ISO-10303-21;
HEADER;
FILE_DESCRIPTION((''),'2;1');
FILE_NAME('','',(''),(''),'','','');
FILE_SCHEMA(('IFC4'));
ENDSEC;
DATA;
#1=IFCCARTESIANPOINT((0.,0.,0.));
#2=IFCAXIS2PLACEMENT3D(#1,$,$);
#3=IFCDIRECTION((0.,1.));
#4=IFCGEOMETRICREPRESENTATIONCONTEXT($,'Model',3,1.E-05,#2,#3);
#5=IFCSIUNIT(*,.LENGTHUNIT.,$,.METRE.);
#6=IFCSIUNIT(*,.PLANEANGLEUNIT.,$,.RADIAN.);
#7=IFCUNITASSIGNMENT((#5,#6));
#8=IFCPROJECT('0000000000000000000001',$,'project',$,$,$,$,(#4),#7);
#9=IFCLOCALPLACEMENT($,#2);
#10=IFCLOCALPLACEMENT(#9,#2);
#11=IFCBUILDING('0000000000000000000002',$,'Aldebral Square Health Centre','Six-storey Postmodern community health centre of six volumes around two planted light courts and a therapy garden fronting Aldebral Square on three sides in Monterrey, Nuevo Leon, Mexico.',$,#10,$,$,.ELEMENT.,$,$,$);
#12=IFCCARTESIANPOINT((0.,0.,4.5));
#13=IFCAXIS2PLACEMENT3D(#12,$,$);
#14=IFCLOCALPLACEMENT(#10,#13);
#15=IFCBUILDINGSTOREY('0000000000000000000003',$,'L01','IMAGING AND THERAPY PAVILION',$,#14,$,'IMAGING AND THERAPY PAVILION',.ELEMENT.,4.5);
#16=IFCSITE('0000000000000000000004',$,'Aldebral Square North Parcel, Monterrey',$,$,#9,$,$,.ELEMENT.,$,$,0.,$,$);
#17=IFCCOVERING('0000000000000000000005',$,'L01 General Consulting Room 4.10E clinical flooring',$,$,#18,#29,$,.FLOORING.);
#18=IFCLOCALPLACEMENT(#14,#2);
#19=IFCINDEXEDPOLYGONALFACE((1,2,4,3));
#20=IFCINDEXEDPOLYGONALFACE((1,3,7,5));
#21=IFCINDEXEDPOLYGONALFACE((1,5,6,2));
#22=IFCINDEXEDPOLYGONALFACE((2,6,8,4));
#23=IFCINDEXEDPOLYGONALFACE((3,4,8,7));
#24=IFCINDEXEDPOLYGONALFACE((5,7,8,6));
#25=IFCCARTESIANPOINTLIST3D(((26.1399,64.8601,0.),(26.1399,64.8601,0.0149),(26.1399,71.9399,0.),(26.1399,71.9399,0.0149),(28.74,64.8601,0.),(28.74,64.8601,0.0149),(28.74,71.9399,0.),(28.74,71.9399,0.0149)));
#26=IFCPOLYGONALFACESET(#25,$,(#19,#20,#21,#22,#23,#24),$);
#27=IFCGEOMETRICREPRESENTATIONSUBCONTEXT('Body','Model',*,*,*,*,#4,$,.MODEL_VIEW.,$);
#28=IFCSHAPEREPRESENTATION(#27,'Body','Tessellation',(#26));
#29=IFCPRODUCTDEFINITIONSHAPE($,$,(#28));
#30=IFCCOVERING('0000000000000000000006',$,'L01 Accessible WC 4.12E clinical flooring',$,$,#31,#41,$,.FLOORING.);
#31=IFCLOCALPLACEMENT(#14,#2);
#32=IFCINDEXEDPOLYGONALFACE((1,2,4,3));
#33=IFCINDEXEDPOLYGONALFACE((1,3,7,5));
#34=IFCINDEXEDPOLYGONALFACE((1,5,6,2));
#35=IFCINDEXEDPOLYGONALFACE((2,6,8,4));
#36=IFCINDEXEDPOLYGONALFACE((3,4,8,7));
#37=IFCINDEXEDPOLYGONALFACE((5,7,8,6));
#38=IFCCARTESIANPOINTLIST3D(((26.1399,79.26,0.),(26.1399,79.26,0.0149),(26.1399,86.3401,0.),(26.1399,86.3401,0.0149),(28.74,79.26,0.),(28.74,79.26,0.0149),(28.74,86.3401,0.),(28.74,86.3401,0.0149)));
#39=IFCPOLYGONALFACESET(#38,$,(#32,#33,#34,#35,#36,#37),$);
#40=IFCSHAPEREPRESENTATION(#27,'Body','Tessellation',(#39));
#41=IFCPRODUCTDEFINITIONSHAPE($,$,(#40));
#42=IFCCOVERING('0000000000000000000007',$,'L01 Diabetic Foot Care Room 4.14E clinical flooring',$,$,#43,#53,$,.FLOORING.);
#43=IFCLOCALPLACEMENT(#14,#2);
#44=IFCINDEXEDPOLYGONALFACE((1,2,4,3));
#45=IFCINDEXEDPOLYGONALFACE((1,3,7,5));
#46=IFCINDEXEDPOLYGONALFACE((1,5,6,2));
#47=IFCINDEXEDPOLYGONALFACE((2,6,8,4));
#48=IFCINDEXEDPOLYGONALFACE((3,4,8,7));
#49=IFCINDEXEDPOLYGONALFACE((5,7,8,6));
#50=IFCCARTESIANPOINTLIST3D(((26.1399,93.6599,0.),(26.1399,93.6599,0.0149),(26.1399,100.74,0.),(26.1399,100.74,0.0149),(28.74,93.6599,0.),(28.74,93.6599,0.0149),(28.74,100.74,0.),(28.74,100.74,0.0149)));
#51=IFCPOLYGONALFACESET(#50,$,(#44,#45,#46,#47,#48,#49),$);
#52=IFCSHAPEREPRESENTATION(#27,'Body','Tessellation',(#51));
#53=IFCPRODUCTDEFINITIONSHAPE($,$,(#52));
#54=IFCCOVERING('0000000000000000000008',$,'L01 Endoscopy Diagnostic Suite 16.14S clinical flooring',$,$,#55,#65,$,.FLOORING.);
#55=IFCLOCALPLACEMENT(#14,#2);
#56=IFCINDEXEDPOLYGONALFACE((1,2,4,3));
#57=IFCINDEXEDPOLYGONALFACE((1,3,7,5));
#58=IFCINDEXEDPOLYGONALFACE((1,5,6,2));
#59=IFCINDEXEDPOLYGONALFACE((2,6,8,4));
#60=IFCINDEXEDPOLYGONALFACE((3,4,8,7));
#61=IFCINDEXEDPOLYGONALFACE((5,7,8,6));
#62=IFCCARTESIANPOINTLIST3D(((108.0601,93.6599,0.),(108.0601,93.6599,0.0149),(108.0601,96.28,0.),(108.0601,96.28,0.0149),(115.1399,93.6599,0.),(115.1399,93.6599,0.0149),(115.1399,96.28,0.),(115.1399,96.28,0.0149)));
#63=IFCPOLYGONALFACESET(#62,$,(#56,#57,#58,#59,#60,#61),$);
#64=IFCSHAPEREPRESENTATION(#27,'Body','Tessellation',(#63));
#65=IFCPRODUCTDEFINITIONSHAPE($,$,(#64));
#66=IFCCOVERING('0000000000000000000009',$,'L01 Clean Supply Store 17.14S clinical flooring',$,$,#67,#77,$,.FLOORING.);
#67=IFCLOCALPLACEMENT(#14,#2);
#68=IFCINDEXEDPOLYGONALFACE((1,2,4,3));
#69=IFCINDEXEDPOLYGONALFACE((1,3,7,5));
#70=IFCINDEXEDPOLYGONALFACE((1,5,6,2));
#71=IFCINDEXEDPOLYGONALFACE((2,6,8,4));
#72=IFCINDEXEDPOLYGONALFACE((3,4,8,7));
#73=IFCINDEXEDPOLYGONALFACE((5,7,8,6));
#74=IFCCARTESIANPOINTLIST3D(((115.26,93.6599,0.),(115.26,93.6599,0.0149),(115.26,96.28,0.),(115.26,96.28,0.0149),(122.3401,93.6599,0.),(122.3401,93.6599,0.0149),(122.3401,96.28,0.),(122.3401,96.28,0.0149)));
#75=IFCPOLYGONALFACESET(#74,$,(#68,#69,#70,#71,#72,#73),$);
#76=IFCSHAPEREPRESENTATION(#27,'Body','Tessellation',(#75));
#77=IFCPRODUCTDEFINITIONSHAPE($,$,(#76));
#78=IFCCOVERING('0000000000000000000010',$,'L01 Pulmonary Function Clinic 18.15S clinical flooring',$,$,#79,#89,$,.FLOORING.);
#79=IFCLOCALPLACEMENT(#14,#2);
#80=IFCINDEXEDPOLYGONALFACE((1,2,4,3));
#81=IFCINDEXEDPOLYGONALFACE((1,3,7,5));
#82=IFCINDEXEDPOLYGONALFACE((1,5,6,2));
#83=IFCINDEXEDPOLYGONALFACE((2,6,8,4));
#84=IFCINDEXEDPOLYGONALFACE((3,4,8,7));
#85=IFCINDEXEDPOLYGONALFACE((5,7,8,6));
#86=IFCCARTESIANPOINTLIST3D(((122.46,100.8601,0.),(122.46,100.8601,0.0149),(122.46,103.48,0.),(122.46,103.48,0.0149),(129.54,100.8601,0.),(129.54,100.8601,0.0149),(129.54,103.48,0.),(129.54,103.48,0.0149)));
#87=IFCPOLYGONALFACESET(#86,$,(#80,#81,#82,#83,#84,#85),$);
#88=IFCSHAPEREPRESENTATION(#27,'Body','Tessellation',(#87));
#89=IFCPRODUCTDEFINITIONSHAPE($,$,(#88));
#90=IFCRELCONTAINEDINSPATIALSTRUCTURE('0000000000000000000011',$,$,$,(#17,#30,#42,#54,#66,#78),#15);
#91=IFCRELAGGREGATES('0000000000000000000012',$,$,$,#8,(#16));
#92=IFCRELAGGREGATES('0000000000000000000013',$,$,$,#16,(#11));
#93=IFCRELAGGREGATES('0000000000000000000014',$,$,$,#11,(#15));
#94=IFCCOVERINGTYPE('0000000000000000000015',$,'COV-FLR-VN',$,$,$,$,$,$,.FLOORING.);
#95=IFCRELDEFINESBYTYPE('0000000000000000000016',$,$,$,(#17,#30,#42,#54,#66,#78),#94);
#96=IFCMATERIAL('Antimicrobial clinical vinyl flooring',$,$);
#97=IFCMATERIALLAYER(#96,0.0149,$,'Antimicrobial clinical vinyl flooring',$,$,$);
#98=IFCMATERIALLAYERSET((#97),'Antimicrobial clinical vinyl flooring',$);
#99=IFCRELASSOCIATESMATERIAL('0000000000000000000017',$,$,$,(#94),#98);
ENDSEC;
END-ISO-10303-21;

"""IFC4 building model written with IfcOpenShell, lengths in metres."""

from ifc_helpers import new_model, si_unit, direction, frame, origin, place, context, subcontext, project, spatial, polyline, outline, extrude, material, layer, layer_set, type_object, element, save


model = new_model("IFC4")

# Units and contexts
model_context = context("Model", 3, precision=1e-05, world=origin(), true_north=direction((0.0, 1.0)))
body_context = subcontext(model_context, "Body", "Model", "MODEL_VIEW")
ifc_project = project(units=[si_unit("LENGTHUNIT", "METRE"), si_unit("PLANEANGLEUNIT", "RADIAN")], contexts=[model_context])

# Site, building, storey
site_placement = place(None, origin())
site = spatial("IfcSite", under=ifc_project, at=site_placement, Name="Aldebral Square North Parcel, Monterrey", CompositionType="ELEMENT", RefElevation=0.0)
building_placement = place(site_placement, origin())
building = spatial("IfcBuilding", under=site, at=building_placement, Name="Aldebral Square Health Centre", Description="Six-storey Postmodern community health centre of six volumes around two planted light courts and a therapy garden fronting Aldebral Square on three sides in Monterrey, Nuevo Leon, Mexico.", CompositionType="ELEMENT")
storey_placement = place(building_placement, frame((0.0, 0.0, 4.5)))
storey = spatial("IfcBuildingStorey", under=building, at=storey_placement, Name="L01", Description="IMAGING AND THERAPY PAVILION", LongName="IMAGING AND THERAPY PAVILION", CompositionType="ELEMENT", Elevation=4.5)

# Coverings
ifc_material = material(Name="Antimicrobial clinical vinyl flooring")
ifc_layer = layer(ifc_material, 0.0149, Name="Antimicrobial clinical vinyl flooring")
ifc_layer_set = layer_set([ifc_layer], Name="Antimicrobial clinical vinyl flooring")
covering_type = type_object("IfcCoveringType", Name="COV-FLR-VN", PredefinedType="FLOORING", material=ifc_layer_set)
covering_1_placement = place(storey_placement, origin())
element("IfcCovering", 1, at=covering_1_placement, inside=storey, type_object=covering_type, Name="L01 General Consulting Room 4.10E clinical flooring", PredefinedType="FLOORING", context=body_context, shape_type="SweptSolid", body=[
    extrude(outline(polyline([(26.1399, 64.8601), (28.74, 64.8601), (28.74, 71.9399), (26.1399, 71.9399), (26.1399, 64.8601)])), origin(), (0.0, 0.0, 1.0), 0.0149),
])
covering_2_placement = place(storey_placement, origin())
element("IfcCovering", 2, at=covering_2_placement, inside=storey, type_object=covering_type, Name="L01 Accessible WC 4.12E clinical flooring", PredefinedType="FLOORING", context=body_context, shape_type="SweptSolid", body=[
    extrude(outline(polyline([(26.1399, 79.26), (28.74, 79.26), (28.74, 86.3401), (26.1399, 86.3401), (26.1399, 79.26)])), origin(), (0.0, 0.0, 1.0), 0.0149),
])
covering_3_placement = place(storey_placement, origin())
element("IfcCovering", 3, at=covering_3_placement, inside=storey, type_object=covering_type, Name="L01 Diabetic Foot Care Room 4.14E clinical flooring", PredefinedType="FLOORING", context=body_context, shape_type="SweptSolid", body=[
    extrude(outline(polyline([(26.1399, 93.6599), (28.74, 93.6599), (28.74, 100.74), (26.1399, 100.74), (26.1399, 93.6599)])), origin(), (0.0, 0.0, 1.0), 0.0149),
])
covering_4_placement = place(storey_placement, origin())
element("IfcCovering", 4, at=covering_4_placement, inside=storey, type_object=covering_type, Name="L01 Endoscopy Diagnostic Suite 16.14S clinical flooring", PredefinedType="FLOORING", context=body_context, shape_type="SweptSolid", body=[
    extrude(outline(polyline([(108.0601, 93.6599), (115.1399, 93.6599), (115.1399, 96.28), (108.0601, 96.28), (108.0601, 93.6599)])), origin(), (0.0, 0.0, 1.0), 0.0149),
])
covering_5_placement = place(storey_placement, origin())
element("IfcCovering", 5, at=covering_5_placement, inside=storey, type_object=covering_type, Name="L01 Clean Supply Store 17.14S clinical flooring", PredefinedType="FLOORING", context=body_context, shape_type="SweptSolid", body=[
    extrude(outline(polyline([(115.26, 93.6599), (122.3401, 93.6599), (122.3401, 96.28), (115.26, 96.28), (115.26, 93.6599)])), origin(), (0.0, 0.0, 1.0), 0.0149),
])
covering_6_placement = place(storey_placement, origin())
element("IfcCovering", 6, at=covering_6_placement, inside=storey, type_object=covering_type, Name="L01 Pulmonary Function Clinic 18.15S clinical flooring", PredefinedType="FLOORING", context=body_context, shape_type="SweptSolid", body=[
    extrude(outline(polyline([(122.46, 100.8601), (129.54, 100.8601), (129.54, 103.48), (122.46, 103.48), (122.46, 100.8601)])), origin(), (0.0, 0.0, 1.0), 0.0149),
])

save(model, "model.ifc")
